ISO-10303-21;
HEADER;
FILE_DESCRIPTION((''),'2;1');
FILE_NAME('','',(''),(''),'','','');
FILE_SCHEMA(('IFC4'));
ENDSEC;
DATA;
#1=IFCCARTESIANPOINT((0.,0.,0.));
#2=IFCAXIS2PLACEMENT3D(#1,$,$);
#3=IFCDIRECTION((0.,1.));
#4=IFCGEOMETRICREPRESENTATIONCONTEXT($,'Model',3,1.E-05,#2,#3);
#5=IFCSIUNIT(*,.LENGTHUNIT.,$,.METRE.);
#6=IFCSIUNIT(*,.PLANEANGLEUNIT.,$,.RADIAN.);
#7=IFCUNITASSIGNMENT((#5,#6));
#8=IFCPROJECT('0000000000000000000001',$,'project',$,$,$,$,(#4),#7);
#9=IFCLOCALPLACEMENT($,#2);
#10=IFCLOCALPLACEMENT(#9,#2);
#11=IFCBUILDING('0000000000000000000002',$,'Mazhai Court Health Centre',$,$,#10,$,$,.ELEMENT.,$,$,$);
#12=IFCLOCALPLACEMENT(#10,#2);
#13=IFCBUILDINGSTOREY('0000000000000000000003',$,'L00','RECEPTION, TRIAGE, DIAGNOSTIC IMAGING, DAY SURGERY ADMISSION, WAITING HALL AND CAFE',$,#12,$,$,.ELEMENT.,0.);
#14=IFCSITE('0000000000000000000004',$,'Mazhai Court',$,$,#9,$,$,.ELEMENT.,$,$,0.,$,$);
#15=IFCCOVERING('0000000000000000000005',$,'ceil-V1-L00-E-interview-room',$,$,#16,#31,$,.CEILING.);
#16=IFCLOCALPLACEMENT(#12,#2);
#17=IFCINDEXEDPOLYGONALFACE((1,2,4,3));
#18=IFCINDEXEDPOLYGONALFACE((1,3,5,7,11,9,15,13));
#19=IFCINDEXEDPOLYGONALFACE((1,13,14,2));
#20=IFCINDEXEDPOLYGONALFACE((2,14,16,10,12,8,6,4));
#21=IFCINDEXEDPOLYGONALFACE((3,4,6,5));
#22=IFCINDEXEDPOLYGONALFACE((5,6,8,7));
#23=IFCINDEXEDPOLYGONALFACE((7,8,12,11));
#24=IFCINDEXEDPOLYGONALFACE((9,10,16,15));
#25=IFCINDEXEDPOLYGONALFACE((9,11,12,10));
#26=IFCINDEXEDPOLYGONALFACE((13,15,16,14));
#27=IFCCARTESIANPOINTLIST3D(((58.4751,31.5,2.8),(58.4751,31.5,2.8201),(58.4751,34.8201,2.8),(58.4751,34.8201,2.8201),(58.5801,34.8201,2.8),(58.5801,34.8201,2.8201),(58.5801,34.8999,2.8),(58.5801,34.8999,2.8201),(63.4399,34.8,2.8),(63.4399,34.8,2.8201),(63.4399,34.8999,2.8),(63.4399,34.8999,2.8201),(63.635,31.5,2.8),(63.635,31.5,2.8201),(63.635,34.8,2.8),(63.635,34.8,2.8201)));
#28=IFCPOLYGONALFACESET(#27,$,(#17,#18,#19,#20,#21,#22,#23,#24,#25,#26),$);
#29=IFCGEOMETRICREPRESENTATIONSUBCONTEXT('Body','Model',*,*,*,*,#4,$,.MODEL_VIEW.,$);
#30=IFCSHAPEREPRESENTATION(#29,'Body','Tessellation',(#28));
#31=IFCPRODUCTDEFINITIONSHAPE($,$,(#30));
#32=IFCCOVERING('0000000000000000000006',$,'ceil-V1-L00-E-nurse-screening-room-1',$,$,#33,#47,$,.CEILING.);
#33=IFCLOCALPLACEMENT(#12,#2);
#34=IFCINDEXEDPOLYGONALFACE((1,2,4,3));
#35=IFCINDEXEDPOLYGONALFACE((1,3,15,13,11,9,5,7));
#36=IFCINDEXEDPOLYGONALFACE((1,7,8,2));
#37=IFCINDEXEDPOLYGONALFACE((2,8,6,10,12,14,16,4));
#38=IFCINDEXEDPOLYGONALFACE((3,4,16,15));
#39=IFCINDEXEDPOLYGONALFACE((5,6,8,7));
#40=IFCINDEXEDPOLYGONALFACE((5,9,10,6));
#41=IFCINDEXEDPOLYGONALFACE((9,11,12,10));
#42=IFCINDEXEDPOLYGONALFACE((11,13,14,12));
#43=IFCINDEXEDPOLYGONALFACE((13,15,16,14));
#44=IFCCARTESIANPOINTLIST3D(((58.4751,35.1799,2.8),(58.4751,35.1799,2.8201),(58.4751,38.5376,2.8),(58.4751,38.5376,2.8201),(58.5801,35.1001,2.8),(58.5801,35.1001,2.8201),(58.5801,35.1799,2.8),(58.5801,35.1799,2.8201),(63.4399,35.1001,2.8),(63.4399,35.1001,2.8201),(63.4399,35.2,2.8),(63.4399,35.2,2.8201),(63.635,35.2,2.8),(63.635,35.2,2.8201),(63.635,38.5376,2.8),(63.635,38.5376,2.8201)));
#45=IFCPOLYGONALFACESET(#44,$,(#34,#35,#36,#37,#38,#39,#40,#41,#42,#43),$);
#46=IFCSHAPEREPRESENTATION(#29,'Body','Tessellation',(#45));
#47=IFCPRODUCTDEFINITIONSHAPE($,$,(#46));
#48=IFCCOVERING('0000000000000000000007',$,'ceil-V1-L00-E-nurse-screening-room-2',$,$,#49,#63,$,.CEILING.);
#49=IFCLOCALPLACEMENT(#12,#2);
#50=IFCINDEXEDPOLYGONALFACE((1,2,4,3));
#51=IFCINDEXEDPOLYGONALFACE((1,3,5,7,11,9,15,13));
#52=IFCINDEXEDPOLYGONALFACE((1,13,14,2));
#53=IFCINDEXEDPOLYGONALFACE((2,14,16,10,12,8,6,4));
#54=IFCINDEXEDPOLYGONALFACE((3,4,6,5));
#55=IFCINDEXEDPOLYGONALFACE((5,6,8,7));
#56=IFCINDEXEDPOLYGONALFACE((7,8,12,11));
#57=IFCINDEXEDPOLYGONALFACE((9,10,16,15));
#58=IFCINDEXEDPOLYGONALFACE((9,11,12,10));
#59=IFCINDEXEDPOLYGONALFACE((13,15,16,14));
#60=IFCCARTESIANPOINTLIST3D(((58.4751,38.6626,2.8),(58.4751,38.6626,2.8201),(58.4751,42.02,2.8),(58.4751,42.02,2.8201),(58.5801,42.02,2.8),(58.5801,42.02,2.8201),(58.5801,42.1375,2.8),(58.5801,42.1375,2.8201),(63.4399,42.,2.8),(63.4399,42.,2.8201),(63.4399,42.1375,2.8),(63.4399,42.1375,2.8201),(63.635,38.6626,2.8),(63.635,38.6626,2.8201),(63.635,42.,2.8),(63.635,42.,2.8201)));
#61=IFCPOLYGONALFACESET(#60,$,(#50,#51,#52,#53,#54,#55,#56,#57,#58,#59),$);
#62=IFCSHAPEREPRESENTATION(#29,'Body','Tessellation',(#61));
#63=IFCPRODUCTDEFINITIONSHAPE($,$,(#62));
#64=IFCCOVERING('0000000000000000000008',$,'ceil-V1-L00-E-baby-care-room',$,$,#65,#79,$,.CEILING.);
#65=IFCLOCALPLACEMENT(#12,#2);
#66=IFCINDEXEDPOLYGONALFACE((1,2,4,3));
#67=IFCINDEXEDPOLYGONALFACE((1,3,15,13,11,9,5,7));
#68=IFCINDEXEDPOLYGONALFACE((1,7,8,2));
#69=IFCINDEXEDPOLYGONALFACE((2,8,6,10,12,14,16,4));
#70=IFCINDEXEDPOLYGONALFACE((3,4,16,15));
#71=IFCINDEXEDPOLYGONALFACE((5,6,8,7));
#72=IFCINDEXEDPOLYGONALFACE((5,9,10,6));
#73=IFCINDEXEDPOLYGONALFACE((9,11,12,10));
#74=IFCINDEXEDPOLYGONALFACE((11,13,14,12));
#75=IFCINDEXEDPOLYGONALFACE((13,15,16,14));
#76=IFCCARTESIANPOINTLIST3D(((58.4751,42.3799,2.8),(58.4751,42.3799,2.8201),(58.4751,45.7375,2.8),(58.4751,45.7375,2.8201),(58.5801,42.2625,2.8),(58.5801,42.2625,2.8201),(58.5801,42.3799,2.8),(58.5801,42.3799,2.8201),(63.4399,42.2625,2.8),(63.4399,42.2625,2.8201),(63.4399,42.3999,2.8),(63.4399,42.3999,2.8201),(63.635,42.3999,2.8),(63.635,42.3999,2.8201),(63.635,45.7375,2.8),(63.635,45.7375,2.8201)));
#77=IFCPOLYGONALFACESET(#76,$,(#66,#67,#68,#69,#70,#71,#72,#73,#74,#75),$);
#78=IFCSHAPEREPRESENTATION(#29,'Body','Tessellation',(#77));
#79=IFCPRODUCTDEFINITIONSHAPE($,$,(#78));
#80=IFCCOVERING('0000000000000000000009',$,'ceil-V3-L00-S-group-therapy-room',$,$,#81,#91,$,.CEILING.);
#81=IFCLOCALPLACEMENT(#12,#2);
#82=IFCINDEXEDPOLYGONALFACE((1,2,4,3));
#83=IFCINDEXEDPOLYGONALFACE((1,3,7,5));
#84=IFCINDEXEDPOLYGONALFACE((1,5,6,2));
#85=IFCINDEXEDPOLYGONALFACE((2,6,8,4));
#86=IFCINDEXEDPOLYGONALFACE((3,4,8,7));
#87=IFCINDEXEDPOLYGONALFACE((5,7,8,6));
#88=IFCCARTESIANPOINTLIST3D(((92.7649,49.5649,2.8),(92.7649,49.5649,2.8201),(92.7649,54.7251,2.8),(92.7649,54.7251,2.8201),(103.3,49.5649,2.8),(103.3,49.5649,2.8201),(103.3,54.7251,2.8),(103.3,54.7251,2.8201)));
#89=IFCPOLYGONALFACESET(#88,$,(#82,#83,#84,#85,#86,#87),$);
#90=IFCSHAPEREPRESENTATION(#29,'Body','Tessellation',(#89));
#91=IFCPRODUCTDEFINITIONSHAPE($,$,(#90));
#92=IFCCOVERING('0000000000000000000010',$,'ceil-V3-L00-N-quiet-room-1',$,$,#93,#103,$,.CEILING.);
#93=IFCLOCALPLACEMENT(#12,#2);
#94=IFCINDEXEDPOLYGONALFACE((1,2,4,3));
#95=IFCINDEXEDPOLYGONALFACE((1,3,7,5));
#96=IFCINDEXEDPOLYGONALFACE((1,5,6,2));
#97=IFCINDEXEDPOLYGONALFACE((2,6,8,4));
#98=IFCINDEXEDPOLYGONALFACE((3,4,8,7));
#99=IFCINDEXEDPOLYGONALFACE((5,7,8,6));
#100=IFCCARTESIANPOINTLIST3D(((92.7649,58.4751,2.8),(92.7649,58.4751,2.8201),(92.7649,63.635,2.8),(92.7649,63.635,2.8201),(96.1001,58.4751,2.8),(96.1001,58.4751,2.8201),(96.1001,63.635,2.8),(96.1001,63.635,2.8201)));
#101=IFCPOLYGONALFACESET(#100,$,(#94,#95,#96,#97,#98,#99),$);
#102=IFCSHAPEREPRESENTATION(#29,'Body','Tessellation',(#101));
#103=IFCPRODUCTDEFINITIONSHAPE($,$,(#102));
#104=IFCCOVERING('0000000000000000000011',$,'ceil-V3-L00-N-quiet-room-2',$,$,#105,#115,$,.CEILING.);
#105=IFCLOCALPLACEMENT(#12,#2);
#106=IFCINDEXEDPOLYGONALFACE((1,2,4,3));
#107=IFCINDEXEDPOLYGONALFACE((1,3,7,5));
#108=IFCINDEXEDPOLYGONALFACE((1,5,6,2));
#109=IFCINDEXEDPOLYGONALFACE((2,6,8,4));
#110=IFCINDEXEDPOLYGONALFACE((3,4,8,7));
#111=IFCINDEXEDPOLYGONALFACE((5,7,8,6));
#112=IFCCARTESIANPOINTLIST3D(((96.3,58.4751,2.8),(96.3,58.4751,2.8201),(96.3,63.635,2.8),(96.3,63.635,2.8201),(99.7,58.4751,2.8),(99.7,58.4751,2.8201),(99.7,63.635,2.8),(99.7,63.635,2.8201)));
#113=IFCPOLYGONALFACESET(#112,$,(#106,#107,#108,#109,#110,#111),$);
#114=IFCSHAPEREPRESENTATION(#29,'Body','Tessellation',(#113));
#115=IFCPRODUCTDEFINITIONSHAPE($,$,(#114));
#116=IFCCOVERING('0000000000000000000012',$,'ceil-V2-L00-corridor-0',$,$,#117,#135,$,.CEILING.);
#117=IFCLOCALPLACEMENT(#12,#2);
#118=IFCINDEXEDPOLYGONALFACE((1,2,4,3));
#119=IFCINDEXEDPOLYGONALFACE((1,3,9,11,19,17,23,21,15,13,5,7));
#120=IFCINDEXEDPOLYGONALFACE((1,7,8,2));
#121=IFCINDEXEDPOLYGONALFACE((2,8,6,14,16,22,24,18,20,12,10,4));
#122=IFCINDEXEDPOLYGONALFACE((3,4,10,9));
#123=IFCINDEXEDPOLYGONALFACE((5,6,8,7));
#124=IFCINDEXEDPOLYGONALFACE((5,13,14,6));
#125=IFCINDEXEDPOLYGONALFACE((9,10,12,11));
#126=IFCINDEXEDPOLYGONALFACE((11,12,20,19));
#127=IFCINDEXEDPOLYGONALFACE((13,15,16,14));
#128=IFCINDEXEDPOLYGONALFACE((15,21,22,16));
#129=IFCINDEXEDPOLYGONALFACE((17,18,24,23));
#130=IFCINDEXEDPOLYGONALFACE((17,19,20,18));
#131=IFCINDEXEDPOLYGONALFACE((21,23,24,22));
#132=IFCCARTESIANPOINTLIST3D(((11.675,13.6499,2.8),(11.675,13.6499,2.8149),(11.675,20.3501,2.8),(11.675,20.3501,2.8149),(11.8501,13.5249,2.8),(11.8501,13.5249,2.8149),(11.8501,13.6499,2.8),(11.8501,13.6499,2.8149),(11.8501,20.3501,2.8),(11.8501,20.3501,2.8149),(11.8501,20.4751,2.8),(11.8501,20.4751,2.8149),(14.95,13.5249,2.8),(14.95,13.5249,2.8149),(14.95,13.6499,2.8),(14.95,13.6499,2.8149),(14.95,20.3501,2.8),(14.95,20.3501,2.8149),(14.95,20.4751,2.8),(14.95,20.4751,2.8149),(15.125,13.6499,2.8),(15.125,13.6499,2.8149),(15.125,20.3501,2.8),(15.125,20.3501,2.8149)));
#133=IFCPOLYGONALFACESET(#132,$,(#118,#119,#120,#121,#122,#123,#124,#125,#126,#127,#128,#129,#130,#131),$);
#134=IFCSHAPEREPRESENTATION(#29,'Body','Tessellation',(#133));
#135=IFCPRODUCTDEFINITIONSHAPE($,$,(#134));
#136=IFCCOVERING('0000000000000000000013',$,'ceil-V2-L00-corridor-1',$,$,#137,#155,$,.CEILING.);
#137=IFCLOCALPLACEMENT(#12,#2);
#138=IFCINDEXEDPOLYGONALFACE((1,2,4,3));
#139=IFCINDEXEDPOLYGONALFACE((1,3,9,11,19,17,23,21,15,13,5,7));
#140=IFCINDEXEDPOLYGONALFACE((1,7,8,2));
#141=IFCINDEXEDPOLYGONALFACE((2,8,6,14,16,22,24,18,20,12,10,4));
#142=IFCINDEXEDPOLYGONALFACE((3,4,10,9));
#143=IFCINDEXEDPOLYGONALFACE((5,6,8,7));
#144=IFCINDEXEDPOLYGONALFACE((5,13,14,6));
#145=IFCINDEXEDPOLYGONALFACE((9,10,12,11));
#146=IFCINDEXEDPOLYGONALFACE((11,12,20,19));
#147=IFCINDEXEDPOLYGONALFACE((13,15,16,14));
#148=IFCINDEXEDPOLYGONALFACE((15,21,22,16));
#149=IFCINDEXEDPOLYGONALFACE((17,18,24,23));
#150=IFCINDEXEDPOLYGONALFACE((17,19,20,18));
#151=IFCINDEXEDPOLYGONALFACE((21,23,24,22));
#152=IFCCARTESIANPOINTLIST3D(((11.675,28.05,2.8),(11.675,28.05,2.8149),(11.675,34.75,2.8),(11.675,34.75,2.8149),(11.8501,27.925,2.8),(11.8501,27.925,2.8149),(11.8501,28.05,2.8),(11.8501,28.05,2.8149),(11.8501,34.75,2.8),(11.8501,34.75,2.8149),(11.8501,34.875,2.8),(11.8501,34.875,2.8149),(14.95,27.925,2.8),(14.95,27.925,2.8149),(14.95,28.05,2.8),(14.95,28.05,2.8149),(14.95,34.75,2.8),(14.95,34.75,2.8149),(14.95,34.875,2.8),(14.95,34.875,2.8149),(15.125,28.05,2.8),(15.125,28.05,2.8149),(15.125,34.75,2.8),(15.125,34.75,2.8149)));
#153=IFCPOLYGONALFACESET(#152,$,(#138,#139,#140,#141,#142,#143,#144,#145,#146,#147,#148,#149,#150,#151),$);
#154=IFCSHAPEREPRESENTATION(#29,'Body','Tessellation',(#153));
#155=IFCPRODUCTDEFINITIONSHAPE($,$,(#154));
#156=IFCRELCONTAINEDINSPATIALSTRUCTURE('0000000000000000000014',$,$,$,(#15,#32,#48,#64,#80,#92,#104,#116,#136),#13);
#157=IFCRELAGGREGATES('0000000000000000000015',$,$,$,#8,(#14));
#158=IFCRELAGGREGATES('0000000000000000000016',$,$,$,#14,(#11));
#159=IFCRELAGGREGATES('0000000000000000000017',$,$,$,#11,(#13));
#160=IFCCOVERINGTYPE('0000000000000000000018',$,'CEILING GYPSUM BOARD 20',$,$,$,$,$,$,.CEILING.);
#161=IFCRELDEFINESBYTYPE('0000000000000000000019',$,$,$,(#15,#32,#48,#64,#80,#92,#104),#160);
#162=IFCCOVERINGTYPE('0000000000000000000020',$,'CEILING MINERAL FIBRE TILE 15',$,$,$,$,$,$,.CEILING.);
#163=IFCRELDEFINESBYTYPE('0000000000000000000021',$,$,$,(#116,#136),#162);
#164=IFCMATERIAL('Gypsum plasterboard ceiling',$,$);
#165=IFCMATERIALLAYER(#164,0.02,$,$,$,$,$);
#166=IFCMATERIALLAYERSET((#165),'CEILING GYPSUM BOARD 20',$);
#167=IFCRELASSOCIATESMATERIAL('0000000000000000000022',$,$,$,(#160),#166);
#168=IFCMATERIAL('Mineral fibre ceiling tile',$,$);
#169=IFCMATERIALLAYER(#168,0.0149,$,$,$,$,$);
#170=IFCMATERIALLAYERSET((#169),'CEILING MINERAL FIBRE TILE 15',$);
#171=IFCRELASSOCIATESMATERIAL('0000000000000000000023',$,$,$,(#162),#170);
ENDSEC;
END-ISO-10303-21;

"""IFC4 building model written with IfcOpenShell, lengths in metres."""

from ifc_helpers import new_model, si_unit, direction, frame, origin, place, context, subcontext, project, spatial, polyline, outline, extrude, material, layer, layer_set, type_object, element, save


model = new_model("IFC4")

# Units and contexts
model_context = context("Model", 3, precision=1e-05, world=origin(), true_north=direction((0.0, 1.0)))
body_context = subcontext(model_context, "Body", "Model", "MODEL_VIEW")
ifc_project = project(units=[si_unit("LENGTHUNIT", "METRE"), si_unit("PLANEANGLEUNIT", "RADIAN")], contexts=[model_context])

# Site, building, storey
site_placement = place(None, origin())
site = spatial("IfcSite", under=ifc_project, at=site_placement, Name="Mazhai Court", CompositionType="ELEMENT", RefElevation=0.0)
building_placement = place(site_placement, origin())
building = spatial("IfcBuilding", under=site, at=building_placement, Name="Mazhai Court Health Centre", CompositionType="ELEMENT")
storey_placement = place(building_placement, origin())
storey = spatial("IfcBuildingStorey", under=building, at=storey_placement, Name="L00", Description="RECEPTION, TRIAGE, DIAGNOSTIC IMAGING, DAY SURGERY ADMISSION, WAITING HALL AND CAFE", CompositionType="ELEMENT", Elevation=0.0)

# Coverings
ifc_material_1 = material(Name="Gypsum plasterboard ceiling")
ifc_layer_1 = layer(ifc_material_1, 0.02)
ifc_layer_set_1 = layer_set([ifc_layer_1], Name="CEILING GYPSUM BOARD 20")
covering_type_1 = type_object("IfcCoveringType", Name="CEILING GYPSUM BOARD 20", PredefinedType="CEILING", material=ifc_layer_set_1)
covering_1_placement = place(storey_placement, frame((0.0, 0.0, 2.8)))
element("IfcCovering", 1, at=covering_1_placement, inside=storey, type_object=covering_type_1, Name="ceil-V1-L00-E-interview-room", PredefinedType="CEILING", context=body_context, shape_type="SweptSolid", body=[
    extrude(outline(polyline([(63.635, 34.8), (63.4399, 34.8), (63.4399, 34.8999), (58.5801, 34.8999), (58.5801, 34.8201), (58.4751, 34.8201), (58.4751, 31.5), (63.635, 31.5), (63.635, 34.8)])), origin(), (0.0, 0.0, 1.0), 0.02),
])
covering_2_placement = place(storey_placement, frame((0.0, 0.0, 2.8)))
element("IfcCovering", 2, at=covering_2_placement, inside=storey, type_object=covering_type_1, Name="ceil-V1-L00-E-nurse-screening-room-1", PredefinedType="CEILING", context=body_context, shape_type="SweptSolid", body=[
    extrude(outline(polyline([(58.4751, 35.1799), (58.5801, 35.1799), (58.5801, 35.1001), (63.4399, 35.1001), (63.4399, 35.2), (63.635, 35.2), (63.635, 38.5376), (58.4751, 38.5376), (58.4751, 35.1799)])), origin(), (0.0, 0.0, 1.0), 0.02),
])
covering_3_placement = place(storey_placement, frame((0.0, 0.0, 2.8)))
element("IfcCovering", 3, at=covering_3_placement, inside=storey, type_object=covering_type_1, Name="ceil-V1-L00-E-nurse-screening-room-2", PredefinedType="CEILING", context=body_context, shape_type="SweptSolid", body=[
    extrude(outline(polyline([(63.635, 42.0), (63.4399, 42.0), (63.4399, 42.1375), (58.5801, 42.1375), (58.5801, 42.02), (58.4751, 42.02), (58.4751, 38.6626), (63.635, 38.6626), (63.635, 42.0)])), origin(), (0.0, 0.0, 1.0), 0.02),
])
covering_4_placement = place(storey_placement, frame((0.0, 0.0, 2.8)))
element("IfcCovering", 4, at=covering_4_placement, inside=storey, type_object=covering_type_1, Name="ceil-V1-L00-E-baby-care-room", PredefinedType="CEILING", context=body_context, shape_type="SweptSolid", body=[
    extrude(outline(polyline([(58.4751, 42.3799), (58.5801, 42.3799), (58.5801, 42.2625), (63.4399, 42.2625), (63.4399, 42.3999), (63.635, 42.3999), (63.635, 45.7375), (58.4751, 45.7375), (58.4751, 42.3799)])), origin(), (0.0, 0.0, 1.0), 0.02),
])
covering_5_placement = place(storey_placement, frame((0.0, 0.0, 2.8)))
element("IfcCovering", 5, at=covering_5_placement, inside=storey, type_object=covering_type_1, Name="ceil-V3-L00-S-group-therapy-room", PredefinedType="CEILING", context=body_context, shape_type="SweptSolid", body=[
    extrude(outline(polyline([(103.3, 49.5649), (103.3, 54.7251), (92.7649, 54.7251), (92.7649, 49.5649), (103.3, 49.5649)])), origin(), (0.0, 0.0, 1.0), 0.02),
])
covering_6_placement = place(storey_placement, frame((0.0, 0.0, 2.8)))
element("IfcCovering", 6, at=covering_6_placement, inside=storey, type_object=covering_type_1, Name="ceil-V3-L00-N-quiet-room-1", PredefinedType="CEILING", context=body_context, shape_type="SweptSolid", body=[
    extrude(outline(polyline([(96.1001, 58.4751), (96.1001, 63.635), (92.7649, 63.635), (92.7649, 58.4751), (96.1001, 58.4751)])), origin(), (0.0, 0.0, 1.0), 0.02),
])
covering_7_placement = place(storey_placement, frame((0.0, 0.0, 2.8)))
element("IfcCovering", 7, at=covering_7_placement, inside=storey, type_object=covering_type_1, Name="ceil-V3-L00-N-quiet-room-2", PredefinedType="CEILING", context=body_context, shape_type="SweptSolid", body=[
    extrude(outline(polyline([(99.7, 58.4751), (99.7, 63.635), (96.3, 63.635), (96.3, 58.4751), (99.7, 58.4751)])), origin(), (0.0, 0.0, 1.0), 0.02),
])
ifc_material_2 = material(Name="Mineral fibre ceiling tile")
ifc_layer_2 = layer(ifc_material_2, 0.0149)
ifc_layer_set_2 = layer_set([ifc_layer_2], Name="CEILING MINERAL FIBRE TILE 15")
covering_type_2 = type_object("IfcCoveringType", Name="CEILING MINERAL FIBRE TILE 15", PredefinedType="CEILING", material=ifc_layer_set_2)
covering_8_placement = place(storey_placement, frame((0.0, 0.0, 2.8)))
element("IfcCovering", 8, at=covering_8_placement, inside=storey, type_object=covering_type_2, Name="ceil-V2-L00-corridor-0", PredefinedType="CEILING", context=body_context, shape_type="SweptSolid", body=[
    extrude(outline(polyline([(14.95, 13.5249), (14.95, 13.6499), (15.125, 13.6499), (15.125, 20.3501), (14.95, 20.3501), (14.95, 20.4751), (11.8501, 20.4751), (11.8501, 20.3501), (11.675, 20.3501), (11.675, 13.6499), (11.8501, 13.6499), (11.8501, 13.5249), (14.95, 13.5249)])), origin(), (0.0, 0.0, 1.0), 0.0149),
])
covering_9_placement = place(storey_placement, frame((0.0, 0.0, 2.8)))
element("IfcCovering", 9, at=covering_9_placement, inside=storey, type_object=covering_type_2, Name="ceil-V2-L00-corridor-1", PredefinedType="CEILING", context=body_context, shape_type="SweptSolid", body=[
    extrude(outline(polyline([(14.95, 27.925), (14.95, 28.05), (15.125, 28.05), (15.125, 34.75), (14.95, 34.75), (14.95, 34.875), (11.8501, 34.875), (11.8501, 34.75), (11.675, 34.75), (11.675, 28.05), (11.8501, 28.05), (11.8501, 27.925), (14.95, 27.925)])), origin(), (0.0, 0.0, 1.0), 0.0149),
])

save(model, "model.ifc")
